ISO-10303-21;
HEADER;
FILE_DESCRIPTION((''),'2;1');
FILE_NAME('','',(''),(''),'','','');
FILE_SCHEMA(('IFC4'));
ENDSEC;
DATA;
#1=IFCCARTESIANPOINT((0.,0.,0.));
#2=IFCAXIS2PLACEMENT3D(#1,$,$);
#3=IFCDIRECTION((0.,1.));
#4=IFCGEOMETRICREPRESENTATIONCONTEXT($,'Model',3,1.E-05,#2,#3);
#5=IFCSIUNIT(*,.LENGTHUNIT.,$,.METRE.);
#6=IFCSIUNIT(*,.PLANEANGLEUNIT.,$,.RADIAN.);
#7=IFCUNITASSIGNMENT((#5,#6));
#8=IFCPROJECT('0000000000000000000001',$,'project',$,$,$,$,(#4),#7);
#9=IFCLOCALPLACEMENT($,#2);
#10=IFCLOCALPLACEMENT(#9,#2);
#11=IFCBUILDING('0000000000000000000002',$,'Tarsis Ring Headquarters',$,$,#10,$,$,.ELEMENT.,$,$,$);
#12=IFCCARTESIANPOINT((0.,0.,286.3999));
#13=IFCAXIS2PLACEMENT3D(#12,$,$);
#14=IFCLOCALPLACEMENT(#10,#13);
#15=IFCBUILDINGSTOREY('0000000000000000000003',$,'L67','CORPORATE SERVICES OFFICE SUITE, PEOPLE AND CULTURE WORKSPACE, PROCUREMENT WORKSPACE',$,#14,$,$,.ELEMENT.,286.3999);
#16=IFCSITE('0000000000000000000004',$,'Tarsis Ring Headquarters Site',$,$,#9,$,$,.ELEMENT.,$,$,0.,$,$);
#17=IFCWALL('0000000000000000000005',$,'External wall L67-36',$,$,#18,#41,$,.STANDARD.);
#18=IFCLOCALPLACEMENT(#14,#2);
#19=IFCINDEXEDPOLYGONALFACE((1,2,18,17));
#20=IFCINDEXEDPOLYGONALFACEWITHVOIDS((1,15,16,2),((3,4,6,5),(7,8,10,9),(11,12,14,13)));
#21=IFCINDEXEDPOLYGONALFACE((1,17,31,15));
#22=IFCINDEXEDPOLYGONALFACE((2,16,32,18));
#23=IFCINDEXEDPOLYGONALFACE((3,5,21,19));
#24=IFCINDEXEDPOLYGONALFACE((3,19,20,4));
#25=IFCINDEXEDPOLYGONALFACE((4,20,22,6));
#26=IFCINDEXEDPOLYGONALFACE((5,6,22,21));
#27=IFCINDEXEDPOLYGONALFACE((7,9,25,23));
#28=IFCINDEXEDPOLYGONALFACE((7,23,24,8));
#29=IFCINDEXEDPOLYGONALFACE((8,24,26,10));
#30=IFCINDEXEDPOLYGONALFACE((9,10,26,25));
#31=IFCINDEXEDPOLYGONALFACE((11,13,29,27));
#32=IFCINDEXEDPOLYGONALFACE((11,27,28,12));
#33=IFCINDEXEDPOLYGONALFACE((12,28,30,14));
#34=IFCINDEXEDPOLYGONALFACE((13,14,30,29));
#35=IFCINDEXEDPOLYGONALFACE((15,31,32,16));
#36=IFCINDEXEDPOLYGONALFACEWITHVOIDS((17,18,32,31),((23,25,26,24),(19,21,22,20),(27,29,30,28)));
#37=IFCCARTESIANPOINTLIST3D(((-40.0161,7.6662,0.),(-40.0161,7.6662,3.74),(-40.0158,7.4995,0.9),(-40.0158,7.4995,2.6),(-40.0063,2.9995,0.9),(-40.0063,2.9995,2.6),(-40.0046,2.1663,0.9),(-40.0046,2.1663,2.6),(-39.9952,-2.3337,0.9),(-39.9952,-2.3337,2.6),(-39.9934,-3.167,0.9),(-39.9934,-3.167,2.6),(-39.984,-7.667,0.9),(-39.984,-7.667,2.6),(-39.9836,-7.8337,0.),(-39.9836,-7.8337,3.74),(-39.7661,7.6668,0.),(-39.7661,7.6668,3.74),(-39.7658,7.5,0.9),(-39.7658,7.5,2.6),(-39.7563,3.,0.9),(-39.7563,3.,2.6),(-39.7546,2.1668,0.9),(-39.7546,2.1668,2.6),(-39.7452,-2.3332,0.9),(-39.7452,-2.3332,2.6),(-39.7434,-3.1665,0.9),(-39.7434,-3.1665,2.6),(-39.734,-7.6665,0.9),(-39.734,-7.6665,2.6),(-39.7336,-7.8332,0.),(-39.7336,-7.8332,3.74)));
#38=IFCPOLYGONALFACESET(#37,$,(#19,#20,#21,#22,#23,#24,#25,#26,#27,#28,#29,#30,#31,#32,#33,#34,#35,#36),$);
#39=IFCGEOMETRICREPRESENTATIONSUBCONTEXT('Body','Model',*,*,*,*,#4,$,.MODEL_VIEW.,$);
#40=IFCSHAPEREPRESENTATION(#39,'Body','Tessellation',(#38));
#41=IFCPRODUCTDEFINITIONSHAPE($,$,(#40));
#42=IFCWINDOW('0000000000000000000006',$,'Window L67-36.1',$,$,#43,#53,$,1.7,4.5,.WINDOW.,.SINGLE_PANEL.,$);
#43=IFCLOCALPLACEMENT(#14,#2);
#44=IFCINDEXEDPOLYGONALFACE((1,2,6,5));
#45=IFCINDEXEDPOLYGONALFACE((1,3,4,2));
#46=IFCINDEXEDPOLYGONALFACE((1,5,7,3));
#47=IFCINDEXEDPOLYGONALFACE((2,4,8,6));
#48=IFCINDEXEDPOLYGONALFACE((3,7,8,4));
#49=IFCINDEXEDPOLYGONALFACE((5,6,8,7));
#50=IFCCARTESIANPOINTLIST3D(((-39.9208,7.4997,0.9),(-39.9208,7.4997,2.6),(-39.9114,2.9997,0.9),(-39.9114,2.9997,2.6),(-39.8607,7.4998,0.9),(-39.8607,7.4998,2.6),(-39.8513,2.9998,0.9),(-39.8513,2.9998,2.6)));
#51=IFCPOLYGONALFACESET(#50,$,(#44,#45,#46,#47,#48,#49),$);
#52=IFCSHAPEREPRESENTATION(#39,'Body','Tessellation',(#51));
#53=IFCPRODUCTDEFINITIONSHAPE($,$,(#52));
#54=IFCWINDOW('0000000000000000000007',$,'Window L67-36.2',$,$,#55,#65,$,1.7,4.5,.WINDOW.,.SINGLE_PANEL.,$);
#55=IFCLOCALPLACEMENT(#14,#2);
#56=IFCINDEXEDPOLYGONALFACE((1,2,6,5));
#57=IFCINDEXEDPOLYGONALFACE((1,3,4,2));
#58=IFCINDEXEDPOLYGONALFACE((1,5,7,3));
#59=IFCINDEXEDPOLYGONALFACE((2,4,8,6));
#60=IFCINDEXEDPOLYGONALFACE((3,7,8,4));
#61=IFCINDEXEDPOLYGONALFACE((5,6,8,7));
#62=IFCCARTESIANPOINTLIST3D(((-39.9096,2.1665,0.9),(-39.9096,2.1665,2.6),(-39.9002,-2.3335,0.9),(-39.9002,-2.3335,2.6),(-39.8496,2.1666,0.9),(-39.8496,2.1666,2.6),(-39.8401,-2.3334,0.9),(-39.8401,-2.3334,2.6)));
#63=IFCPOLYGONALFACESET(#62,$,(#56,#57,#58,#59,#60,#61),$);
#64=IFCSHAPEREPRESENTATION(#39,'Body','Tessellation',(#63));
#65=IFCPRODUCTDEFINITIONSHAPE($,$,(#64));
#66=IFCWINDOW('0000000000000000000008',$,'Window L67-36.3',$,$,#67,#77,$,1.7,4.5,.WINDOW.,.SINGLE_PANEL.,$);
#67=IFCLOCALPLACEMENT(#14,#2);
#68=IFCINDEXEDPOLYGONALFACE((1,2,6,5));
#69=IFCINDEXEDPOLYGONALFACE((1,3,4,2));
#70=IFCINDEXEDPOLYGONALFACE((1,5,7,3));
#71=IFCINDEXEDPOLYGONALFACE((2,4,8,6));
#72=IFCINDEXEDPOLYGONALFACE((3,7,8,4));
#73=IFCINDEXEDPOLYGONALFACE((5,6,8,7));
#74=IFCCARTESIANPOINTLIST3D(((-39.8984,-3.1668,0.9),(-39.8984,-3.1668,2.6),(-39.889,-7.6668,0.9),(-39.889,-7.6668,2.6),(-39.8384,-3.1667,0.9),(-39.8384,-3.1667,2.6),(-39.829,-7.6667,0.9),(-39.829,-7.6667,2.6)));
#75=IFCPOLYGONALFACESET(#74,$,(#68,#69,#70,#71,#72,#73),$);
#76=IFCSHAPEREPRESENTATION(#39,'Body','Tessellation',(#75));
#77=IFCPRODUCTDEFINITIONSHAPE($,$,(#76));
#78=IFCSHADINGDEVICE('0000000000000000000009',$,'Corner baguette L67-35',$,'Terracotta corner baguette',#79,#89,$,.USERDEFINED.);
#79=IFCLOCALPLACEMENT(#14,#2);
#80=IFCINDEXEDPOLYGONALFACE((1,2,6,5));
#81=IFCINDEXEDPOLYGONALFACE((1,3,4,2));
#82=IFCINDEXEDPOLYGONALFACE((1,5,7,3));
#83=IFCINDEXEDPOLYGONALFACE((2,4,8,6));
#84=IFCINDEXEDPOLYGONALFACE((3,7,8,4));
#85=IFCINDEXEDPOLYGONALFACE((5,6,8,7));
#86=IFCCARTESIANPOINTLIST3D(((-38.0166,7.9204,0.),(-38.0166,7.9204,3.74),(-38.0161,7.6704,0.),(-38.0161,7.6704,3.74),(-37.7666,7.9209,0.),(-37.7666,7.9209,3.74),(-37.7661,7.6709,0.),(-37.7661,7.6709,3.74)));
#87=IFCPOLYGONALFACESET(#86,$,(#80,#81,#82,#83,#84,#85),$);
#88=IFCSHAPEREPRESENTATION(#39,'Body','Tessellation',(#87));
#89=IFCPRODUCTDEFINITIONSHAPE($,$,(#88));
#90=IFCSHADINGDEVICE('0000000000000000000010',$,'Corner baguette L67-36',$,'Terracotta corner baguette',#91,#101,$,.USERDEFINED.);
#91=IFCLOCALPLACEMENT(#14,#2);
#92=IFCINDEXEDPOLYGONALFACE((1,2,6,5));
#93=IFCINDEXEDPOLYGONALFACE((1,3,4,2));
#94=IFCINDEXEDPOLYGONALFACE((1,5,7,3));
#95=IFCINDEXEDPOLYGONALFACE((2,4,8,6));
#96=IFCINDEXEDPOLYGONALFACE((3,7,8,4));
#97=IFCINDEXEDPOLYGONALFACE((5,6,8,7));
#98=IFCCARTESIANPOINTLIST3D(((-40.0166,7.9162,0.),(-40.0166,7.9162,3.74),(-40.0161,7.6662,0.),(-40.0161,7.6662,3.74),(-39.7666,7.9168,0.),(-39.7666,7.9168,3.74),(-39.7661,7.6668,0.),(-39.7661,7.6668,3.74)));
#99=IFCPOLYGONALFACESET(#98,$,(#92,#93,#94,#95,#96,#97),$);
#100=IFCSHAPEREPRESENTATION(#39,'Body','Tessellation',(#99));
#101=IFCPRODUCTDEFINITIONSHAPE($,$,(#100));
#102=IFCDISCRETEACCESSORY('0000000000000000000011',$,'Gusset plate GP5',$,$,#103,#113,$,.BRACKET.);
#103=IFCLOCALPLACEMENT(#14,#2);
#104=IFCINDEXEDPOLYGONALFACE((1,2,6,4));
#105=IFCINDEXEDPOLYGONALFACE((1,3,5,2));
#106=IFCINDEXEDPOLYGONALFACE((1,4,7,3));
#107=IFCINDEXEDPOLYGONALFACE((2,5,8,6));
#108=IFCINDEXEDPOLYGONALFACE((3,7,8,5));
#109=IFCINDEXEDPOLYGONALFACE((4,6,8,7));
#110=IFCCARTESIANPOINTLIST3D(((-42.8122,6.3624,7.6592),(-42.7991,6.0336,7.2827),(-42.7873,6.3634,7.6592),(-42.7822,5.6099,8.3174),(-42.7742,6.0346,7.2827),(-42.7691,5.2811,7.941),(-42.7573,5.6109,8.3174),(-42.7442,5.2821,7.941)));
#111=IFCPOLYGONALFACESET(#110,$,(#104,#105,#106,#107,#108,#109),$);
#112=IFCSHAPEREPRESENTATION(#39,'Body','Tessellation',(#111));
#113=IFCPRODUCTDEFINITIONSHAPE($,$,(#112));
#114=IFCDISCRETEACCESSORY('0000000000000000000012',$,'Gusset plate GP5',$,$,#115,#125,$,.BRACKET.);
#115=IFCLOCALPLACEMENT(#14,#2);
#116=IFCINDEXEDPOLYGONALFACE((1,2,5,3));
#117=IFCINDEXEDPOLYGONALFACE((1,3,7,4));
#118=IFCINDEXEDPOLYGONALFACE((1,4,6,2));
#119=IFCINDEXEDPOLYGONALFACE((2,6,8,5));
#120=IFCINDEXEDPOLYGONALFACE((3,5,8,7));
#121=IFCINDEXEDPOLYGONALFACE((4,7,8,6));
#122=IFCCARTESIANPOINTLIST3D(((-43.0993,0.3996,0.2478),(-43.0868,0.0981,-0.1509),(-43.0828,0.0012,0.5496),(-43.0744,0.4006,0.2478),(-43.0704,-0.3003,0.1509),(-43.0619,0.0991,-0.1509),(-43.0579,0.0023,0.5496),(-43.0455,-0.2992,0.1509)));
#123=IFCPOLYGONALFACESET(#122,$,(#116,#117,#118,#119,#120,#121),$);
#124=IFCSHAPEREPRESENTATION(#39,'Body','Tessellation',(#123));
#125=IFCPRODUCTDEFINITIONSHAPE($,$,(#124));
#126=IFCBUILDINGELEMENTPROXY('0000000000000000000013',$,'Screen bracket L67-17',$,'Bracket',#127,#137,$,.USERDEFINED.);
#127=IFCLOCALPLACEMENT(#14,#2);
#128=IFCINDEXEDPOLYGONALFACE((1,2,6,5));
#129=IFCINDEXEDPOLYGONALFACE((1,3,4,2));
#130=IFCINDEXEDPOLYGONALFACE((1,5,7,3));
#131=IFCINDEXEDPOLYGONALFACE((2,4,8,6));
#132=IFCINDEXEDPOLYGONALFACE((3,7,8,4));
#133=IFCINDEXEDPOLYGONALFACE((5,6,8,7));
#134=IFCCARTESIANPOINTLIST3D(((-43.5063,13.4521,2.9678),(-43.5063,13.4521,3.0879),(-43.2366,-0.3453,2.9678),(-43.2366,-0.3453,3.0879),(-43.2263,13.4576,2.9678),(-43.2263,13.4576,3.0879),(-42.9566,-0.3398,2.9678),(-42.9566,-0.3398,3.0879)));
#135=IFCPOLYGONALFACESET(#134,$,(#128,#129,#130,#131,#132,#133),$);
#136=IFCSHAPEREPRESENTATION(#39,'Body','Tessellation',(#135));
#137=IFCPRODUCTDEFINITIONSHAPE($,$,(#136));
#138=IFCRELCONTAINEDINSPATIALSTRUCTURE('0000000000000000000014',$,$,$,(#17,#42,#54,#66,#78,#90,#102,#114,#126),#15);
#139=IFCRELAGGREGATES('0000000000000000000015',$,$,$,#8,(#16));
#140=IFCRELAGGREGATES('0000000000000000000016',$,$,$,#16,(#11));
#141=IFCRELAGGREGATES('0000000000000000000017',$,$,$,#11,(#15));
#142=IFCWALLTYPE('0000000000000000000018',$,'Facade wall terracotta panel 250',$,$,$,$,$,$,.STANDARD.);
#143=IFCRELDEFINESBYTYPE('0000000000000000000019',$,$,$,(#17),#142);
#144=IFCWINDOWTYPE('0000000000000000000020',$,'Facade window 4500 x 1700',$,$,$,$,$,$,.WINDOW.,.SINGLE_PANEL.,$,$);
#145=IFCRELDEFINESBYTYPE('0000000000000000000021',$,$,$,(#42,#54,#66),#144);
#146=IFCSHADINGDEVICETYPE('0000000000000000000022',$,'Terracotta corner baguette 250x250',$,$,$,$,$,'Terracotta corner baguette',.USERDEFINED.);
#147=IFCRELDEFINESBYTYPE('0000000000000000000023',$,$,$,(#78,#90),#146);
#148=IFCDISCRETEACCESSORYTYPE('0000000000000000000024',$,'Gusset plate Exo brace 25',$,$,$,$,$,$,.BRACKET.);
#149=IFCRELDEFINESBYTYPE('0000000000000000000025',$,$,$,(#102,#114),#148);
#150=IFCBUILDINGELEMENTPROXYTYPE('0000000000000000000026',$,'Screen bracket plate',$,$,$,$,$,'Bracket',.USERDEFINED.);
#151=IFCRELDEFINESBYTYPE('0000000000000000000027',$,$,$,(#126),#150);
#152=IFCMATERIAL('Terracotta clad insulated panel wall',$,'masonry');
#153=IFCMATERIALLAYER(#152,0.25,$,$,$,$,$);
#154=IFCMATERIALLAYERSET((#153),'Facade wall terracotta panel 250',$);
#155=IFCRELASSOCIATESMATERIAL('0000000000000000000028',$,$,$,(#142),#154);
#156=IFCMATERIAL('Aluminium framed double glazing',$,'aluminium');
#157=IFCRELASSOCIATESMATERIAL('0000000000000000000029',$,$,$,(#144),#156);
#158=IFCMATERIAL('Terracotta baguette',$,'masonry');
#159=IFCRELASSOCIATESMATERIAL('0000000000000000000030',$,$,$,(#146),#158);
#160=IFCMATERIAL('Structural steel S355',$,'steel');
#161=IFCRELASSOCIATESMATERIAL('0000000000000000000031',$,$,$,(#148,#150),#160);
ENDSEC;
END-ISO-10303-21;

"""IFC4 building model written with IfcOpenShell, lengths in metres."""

from ifc_helpers import new_model, si_unit, direction, frame, frame_2d, origin, origin_2d, place, context, subcontext, project, spatial, rectangle, extrude, material, layer, layer_set, material_profile, profile_set, type_object, element, fill, save


model = new_model("IFC4")

# Units and contexts
model_context = context("Model", 3, precision=1e-05, world=origin(), true_north=direction((0.0, 1.0)))
body_context = subcontext(model_context, "Body", "Model", "MODEL_VIEW")
ifc_project = project(units=[si_unit("LENGTHUNIT", "METRE"), si_unit("PLANEANGLEUNIT", "RADIAN")], contexts=[model_context])

# Site, building, storey
site_placement = place(None, origin())
site = spatial("IfcSite", under=ifc_project, at=site_placement, Name="Tarsis Ring Headquarters Site", CompositionType="ELEMENT", RefElevation=0.0)
building_placement = place(site_placement, origin())
building = spatial("IfcBuilding", under=site, at=building_placement, Name="Tarsis Ring Headquarters", CompositionType="ELEMENT")
storey_placement = place(building_placement, frame((0.0, 0.0, 286.3999)))
storey = spatial("IfcBuildingStorey", under=building, at=storey_placement, Name="L67", Description="CORPORATE SERVICES OFFICE SUITE, PEOPLE AND CULTURE WORKSPACE, PROCUREMENT WORKSPACE", CompositionType="ELEMENT", Elevation=286.3999)

# Shared definitions
ifc_material_1 = material(Name="Structural steel S355", Category="steel")

# Shared definitions
ifc_material_2 = material(Name="Terracotta clad insulated panel wall", Category="masonry")
ifc_layer_1 = layer(ifc_material_2, 0.25)
ifc_layer_set_1 = layer_set([ifc_layer_1], Name="Facade wall terracotta panel 250")
wall_type_1 = type_object("IfcWallType", Name="Facade wall terracotta panel 250", PredefinedType="STANDARD", material=ifc_layer_set_1)

# Wall, openings, windows
wall_1_placement = place(storey_placement, frame((-39.8911, 7.6665, 0.0), z_axis=(0.0, 0.0, 1.0), x_axis=(0.002095, -0.999998, 0.0)))
wall_1 = element("IfcWall", 1, at=wall_1_placement, inside=storey, type_object=wall_type_1, Name="External wall L67-36", PredefinedType="STANDARD", context=body_context, shape_type="SweptSolid", body=[
    extrude(rectangle(XDim=15.5, YDim=0.25, at=frame_2d((7.75, 0.0))), origin(), (0.0, 0.0, 1.0), 3.74),
])
opening_1_placement = place(wall_1_placement, frame((0.1667, 0.0, 0.8999)))
opening_1 = element("IfcOpeningElement", 2, at=opening_1_placement, cuts=wall_1, PredefinedType="OPENING", context=body_context, shape_type="SweptSolid", body=[
    extrude(rectangle(XDim=4.5, YDim=1.7, at=frame_2d((2.25, 0.8501))), frame((0.0, 0.135, 0.0), z_axis=(0.0, -1.0, 0.0), x_axis=(1.0, 0.0, 0.0)), (0.0, 0.0, 1.0), 0.27),
])
opening_2_placement = place(wall_1_placement, frame((5.5, 0.0, 0.8999)))
opening_2 = element("IfcOpeningElement", 3, at=opening_2_placement, cuts=wall_1, PredefinedType="OPENING", context=body_context, shape_type="SweptSolid", body=[
    extrude(rectangle(XDim=4.5, YDim=1.7, at=frame_2d((2.25, 0.8501))), frame((0.0, 0.135, 0.0), z_axis=(0.0, -1.0, 0.0), x_axis=(1.0, 0.0, 0.0)), (0.0, 0.0, 1.0), 0.27),
])
opening_3_placement = place(wall_1_placement, frame((10.8333, 0.0, 0.8999)))
opening_3 = element("IfcOpeningElement", 4, at=opening_3_placement, cuts=wall_1, PredefinedType="OPENING", context=body_context, shape_type="SweptSolid", body=[
    extrude(rectangle(XDim=4.5, YDim=1.7, at=frame_2d((2.25, 0.8501))), frame((0.0, 0.135, 0.0), z_axis=(0.0, -1.0, 0.0), x_axis=(1.0, 0.0, 0.0)), (0.0, 0.0, 1.0), 0.27),
])
ifc_material_3 = material(Name="Aluminium framed double glazing", Category="aluminium")
window_type = type_object("IfcWindowType", Name="Facade window 4500 x 1700", PartitioningType="SINGLE_PANEL", PredefinedType="WINDOW", material=ifc_material_3)
window_1_placement = place(opening_1_placement, origin())
window_1 = element("IfcWindow", 5, at=window_1_placement, inside=storey, type_object=window_type, Name="Window L67-36.1", OverallHeight=1.7, OverallWidth=4.5, PartitioningType="SINGLE_PANEL", PredefinedType="WINDOW", context=body_context, shape_type="SweptSolid", body=[
    extrude(rectangle(XDim=4.5, YDim=1.7, at=frame_2d((2.25, 0.8501))), frame((0.0, 0.03, 0.0), z_axis=(0.0, -1.0, 0.0), x_axis=(1.0, 0.0, 0.0)), (0.0, 0.0, 1.0), 0.0601),
])
fill(opening_1, window_1)
window_2_placement = place(opening_2_placement, origin())
window_2 = element("IfcWindow", 6, at=window_2_placement, inside=storey, type_object=window_type, Name="Window L67-36.2", OverallHeight=1.7, OverallWidth=4.5, PartitioningType="SINGLE_PANEL", PredefinedType="WINDOW", context=body_context, shape_type="SweptSolid", body=[
    extrude(rectangle(XDim=4.5, YDim=1.7, at=frame_2d((2.25, 0.8501))), frame((0.0, 0.03, 0.0), z_axis=(0.0, -1.0, 0.0), x_axis=(1.0, 0.0, 0.0)), (0.0, 0.0, 1.0), 0.0601),
])
fill(opening_2, window_2)
window_3_placement = place(opening_3_placement, origin())
window_3 = element("IfcWindow", 7, at=window_3_placement, inside=storey, type_object=window_type, Name="Window L67-36.3", OverallHeight=1.7, OverallWidth=4.5, PartitioningType="SINGLE_PANEL", PredefinedType="WINDOW", context=body_context, shape_type="SweptSolid", body=[
    extrude(rectangle(XDim=4.5, YDim=1.7, at=frame_2d((2.25, 0.8501))), frame((0.0, 0.03, 0.0), z_axis=(0.0, -1.0, 0.0), x_axis=(1.0, 0.0, 0.0)), (0.0, 0.0, 1.0), 0.0601),
])
fill(opening_3, window_3)

# Shading devices
ifc_material_4 = material(Name="Terracotta baguette", Category="masonry")
shading_device_type_1 = type_object("IfcShadingDeviceType", Name="Terracotta corner baguette 250x250", ElementType="Terracotta corner baguette", PredefinedType="USERDEFINED", material=ifc_material_4)
for number, where, z_axis, x_axis, name in (
    (8, (-37.8914, 7.7957, 0.0), (0.0, 0.0, 1.0), (0.002095, -0.999998, 0.0), "Corner baguette L67-35"),
    (9, (-39.8914, 7.7915, 0.0), (0.0, 0.0, 1.0), (-0.999998, -0.002094, 0.0), "Corner baguette L67-36"),
):
    element("IfcShadingDevice", number, at=place(storey_placement, frame(where, z_axis=z_axis, x_axis=x_axis)), inside=storey, type_object=shading_device_type_1, Name=name, ObjectType="Terracotta corner baguette", PredefinedType="USERDEFINED", context=body_context, shape_type="SweptSolid", body=[
        extrude(rectangle(XDim=0.25, YDim=0.25, at=origin_2d()), origin(), (0.0, 0.0, 1.0), 3.74),
    ])

# Discrete accessories
ifc_material_profile_1 = material_profile(ifc_material_1, rectangle(XDim=0.0249, YDim=0.5, at=origin_2d()), Name="PL 25x500")
ifc_profile_set_1 = profile_set([ifc_material_profile_1], Name="Structural steel S355")
discrete_accessory_type = type_object("IfcDiscreteAccessoryType", Name="Gusset plate Exo brace 25", PredefinedType="BRACKET", material=ifc_profile_set_1)
discrete_accessory_1_placement = place(storey_placement, frame((-42.7932, 6.1985, 7.4709), z_axis=(0.030025, -0.752328, 0.658104), x_axis=(0.999205, 0.039877, 0.0)))
element("IfcDiscreteAccessory", 10, at=discrete_accessory_1_placement, inside=storey, type_object=discrete_accessory_type, Name="Gusset plate GP5", PredefinedType="BRACKET", context=body_context, shape_type="SweptSolid", body=[
    extrude(rectangle(XDim=0.0249, YDim=0.5, at=origin_2d()), origin(), (0.0, 0.0, 1.0), 1.0002),
])
discrete_accessory_2_placement = place(storey_placement, frame((-43.0662, -0.1006, 0.0), z_axis=(-0.024902, 0.603012, 0.797343), x_axis=(-0.999148, -0.04126, 0.0)))
element("IfcDiscreteAccessory", 11, at=discrete_accessory_2_placement, inside=storey, type_object=discrete_accessory_type, Name="Gusset plate GP5", PredefinedType="BRACKET", context=body_context, shape_type="SweptSolid", body=[
    extrude(rectangle(XDim=0.0249, YDim=0.5, at=origin_2d()), origin(), (0.0, 0.0, 1.0), 0.5),
])

# Building element proxy
building_element_proxy_type = type_object("IfcBuildingElementProxyType", Name="Screen bracket plate", ElementType="Bracket", PredefinedType="USERDEFINED", material=ifc_material_1)
proxy_placement = place(storey_placement, frame((-43.2314, 6.5562, 2.9678), z_axis=(0.0, 0.0, 1.0), x_axis=(0.019546, -0.999809, 0.0)))
element("IfcBuildingElementProxy", 12, at=proxy_placement, inside=storey, type_object=building_element_proxy_type, Name="Screen bracket L67-17", ObjectType="Bracket", PredefinedType="USERDEFINED", context=body_context, shape_type="SweptSolid", body=[
    extrude(rectangle(XDim=13.8, YDim=0.28, at=origin_2d()), origin(), (0.0, 0.0, 1.0), 0.1201),
])

save(model, "model.ifc")
